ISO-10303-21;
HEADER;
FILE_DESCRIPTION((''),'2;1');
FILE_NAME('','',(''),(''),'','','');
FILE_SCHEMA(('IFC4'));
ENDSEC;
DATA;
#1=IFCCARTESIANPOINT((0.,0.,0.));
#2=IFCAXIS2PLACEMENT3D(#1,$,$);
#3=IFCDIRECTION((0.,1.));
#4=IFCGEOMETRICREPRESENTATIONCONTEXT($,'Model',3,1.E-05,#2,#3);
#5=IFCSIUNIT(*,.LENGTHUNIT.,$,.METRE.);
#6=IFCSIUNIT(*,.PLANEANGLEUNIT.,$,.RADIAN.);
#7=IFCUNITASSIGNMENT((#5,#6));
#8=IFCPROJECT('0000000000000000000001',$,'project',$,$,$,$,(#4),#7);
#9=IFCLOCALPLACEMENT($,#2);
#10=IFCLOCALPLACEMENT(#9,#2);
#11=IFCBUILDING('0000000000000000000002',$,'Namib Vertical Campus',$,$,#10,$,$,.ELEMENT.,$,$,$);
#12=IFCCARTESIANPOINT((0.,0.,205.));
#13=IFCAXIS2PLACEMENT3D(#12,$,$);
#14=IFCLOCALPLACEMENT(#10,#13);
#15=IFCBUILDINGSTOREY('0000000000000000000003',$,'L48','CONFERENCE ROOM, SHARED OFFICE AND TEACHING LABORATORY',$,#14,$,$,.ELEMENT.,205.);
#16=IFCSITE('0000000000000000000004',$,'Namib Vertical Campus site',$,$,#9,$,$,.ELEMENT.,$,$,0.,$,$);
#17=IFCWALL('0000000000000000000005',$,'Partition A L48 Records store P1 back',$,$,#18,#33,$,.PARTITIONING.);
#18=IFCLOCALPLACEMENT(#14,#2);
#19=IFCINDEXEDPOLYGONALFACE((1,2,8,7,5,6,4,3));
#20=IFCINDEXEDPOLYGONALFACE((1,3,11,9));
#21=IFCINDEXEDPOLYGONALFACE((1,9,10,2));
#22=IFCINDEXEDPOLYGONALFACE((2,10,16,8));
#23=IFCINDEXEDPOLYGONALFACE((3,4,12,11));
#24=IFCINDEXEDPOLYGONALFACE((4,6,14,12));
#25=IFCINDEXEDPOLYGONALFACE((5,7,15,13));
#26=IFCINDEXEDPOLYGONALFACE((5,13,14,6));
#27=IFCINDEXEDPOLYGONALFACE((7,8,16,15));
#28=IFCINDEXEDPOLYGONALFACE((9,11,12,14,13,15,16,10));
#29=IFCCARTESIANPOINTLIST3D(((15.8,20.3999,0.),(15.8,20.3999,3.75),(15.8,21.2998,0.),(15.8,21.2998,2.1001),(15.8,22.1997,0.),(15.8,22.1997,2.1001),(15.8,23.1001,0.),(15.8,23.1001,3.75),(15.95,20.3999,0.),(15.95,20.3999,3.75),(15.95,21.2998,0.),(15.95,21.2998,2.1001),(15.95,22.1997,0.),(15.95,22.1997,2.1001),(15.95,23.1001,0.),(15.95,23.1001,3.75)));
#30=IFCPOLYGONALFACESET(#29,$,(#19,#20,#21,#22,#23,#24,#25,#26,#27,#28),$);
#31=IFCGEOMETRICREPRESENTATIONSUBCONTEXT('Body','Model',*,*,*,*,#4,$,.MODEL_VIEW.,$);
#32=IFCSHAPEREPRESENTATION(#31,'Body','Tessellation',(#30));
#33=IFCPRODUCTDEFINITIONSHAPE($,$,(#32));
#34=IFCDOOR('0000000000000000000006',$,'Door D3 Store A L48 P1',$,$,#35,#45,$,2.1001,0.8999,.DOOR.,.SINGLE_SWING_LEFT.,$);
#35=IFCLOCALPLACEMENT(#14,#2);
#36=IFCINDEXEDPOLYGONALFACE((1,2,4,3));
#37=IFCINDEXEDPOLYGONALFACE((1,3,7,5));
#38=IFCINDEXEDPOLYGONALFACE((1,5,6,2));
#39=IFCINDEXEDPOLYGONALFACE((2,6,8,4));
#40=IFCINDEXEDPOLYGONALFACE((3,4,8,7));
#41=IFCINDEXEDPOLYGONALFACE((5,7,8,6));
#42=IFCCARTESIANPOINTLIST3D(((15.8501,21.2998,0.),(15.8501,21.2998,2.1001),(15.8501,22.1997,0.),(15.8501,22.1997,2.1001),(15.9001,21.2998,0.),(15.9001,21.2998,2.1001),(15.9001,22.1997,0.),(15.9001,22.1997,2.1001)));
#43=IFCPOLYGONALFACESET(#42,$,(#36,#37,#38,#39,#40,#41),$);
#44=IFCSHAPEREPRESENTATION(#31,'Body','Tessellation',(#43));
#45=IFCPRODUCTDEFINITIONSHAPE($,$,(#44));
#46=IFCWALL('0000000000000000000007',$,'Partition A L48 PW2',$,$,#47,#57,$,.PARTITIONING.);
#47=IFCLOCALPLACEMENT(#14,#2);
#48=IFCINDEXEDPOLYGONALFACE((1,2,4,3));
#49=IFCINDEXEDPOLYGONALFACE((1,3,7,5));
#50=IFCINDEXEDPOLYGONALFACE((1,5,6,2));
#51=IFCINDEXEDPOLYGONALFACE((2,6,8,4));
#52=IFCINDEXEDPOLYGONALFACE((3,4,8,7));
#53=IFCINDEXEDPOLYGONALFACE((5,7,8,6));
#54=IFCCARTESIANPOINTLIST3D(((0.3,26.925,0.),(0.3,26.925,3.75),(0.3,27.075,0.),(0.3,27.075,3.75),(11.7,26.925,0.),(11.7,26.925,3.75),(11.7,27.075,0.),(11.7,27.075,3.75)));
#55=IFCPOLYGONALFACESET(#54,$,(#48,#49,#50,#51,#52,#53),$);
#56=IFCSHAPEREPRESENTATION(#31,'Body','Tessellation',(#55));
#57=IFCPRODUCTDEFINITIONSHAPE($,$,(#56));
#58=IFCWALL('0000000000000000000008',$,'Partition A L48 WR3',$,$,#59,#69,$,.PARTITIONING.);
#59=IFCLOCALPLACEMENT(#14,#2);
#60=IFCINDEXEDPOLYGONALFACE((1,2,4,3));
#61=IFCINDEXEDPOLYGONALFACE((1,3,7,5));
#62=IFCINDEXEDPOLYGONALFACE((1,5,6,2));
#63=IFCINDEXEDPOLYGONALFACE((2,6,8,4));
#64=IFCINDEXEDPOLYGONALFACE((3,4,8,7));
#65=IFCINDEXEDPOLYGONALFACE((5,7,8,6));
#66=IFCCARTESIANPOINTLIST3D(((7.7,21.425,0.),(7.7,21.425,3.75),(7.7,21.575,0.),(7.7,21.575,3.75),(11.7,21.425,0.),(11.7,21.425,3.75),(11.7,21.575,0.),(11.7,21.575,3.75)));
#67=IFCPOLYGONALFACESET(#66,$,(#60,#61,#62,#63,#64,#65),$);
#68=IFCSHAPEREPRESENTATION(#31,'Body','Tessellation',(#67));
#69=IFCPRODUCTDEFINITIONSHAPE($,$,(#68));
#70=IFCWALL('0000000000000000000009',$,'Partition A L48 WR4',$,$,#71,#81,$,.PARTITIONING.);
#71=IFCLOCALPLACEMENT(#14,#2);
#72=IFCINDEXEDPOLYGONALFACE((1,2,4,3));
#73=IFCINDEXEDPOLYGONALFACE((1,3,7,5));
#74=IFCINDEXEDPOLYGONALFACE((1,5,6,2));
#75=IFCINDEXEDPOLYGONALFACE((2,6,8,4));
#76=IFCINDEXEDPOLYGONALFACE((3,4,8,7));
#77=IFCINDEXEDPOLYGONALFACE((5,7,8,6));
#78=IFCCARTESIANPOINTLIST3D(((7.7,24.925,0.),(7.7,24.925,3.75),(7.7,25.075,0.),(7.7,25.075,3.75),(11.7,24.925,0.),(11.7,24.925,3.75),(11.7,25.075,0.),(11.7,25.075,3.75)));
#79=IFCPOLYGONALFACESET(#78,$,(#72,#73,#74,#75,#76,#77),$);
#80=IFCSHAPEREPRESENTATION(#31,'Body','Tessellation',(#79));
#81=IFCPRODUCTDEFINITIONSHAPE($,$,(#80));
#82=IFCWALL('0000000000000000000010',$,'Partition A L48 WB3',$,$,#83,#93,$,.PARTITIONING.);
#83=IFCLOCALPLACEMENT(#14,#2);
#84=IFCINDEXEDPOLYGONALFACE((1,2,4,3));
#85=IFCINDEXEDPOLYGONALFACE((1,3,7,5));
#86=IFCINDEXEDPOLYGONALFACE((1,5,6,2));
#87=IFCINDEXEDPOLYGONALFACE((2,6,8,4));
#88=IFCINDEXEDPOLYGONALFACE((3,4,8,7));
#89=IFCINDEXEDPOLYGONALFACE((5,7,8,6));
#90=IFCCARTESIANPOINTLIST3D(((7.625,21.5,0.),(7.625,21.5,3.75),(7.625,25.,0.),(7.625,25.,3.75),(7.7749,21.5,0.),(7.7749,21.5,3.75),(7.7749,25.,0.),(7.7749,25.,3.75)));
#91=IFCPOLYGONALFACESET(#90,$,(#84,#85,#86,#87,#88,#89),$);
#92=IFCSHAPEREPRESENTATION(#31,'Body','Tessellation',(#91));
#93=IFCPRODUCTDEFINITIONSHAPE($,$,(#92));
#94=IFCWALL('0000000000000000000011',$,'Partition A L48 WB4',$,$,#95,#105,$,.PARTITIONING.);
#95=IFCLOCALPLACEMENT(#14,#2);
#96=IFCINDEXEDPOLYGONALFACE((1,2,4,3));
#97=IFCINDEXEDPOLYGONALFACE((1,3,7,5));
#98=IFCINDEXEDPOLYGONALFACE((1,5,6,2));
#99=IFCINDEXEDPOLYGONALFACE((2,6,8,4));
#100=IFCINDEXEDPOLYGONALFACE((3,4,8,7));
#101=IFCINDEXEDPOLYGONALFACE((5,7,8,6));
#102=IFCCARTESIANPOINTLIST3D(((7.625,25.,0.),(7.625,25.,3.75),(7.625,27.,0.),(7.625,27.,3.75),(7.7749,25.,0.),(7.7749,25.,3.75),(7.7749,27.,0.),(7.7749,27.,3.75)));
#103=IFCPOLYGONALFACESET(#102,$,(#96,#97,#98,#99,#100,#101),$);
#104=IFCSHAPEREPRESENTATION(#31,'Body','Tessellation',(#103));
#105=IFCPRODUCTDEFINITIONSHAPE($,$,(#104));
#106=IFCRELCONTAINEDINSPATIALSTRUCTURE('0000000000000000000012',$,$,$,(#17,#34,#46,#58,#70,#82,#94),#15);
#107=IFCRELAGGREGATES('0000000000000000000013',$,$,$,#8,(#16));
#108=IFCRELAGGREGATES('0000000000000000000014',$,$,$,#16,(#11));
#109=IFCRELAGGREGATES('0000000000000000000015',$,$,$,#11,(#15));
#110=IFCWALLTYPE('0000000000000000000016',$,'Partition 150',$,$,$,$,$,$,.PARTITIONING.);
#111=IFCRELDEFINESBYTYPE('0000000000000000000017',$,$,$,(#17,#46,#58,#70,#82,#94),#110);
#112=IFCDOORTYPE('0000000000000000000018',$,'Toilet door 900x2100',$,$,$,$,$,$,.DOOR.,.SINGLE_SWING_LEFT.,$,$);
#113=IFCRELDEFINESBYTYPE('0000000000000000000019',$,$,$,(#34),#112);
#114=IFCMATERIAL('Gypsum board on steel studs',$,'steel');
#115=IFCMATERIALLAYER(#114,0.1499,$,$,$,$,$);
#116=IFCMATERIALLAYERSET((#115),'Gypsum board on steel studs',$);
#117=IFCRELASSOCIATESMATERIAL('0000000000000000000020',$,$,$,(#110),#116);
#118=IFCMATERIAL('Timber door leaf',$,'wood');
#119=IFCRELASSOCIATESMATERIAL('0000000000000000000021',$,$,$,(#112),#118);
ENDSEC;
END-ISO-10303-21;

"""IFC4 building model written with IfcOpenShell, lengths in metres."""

from ifc_helpers import new_model, si_unit, direction, frame, frame_2d, origin, place, context, subcontext, project, spatial, rectangle, extrude, material, layer, layer_set, type_object, element, fill, save


model = new_model("IFC4")

# Units and contexts
model_context = context("Model", 3, precision=1e-05, world=origin(), true_north=direction((0.0, 1.0)))
body_context = subcontext(model_context, "Body", "Model", "MODEL_VIEW")
ifc_project = project(units=[si_unit("LENGTHUNIT", "METRE"), si_unit("PLANEANGLEUNIT", "RADIAN")], contexts=[model_context])

# Site, building, storey
site_placement = place(None, origin())
site = spatial("IfcSite", under=ifc_project, at=site_placement, Name="Namib Vertical Campus site", CompositionType="ELEMENT", RefElevation=0.0)
building_placement = place(site_placement, origin())
building = spatial("IfcBuilding", under=site, at=building_placement, Name="Namib Vertical Campus", CompositionType="ELEMENT")
storey_placement = place(building_placement, frame((0.0, 0.0, 205.0)))
storey = spatial("IfcBuildingStorey", under=building, at=storey_placement, Name="L48", Description="CONFERENCE ROOM, SHARED OFFICE AND TEACHING LABORATORY", CompositionType="ELEMENT", Elevation=205.0)

# Wall, opening, door
ifc_material_1 = material(Name="Gypsum board on steel studs", Category="steel")
ifc_layer_1 = layer(ifc_material_1, 0.1499)
ifc_layer_set_1 = layer_set([ifc_layer_1], Name="Gypsum board on steel studs")
wall_type_1 = type_object("IfcWallType", Name="Partition 150", PredefinedType="PARTITIONING", material=ifc_layer_set_1)
wall_1_placement = place(storey_placement, frame((15.875, 20.3999, 0.0), z_axis=(0.0, 0.0, 1.0), x_axis=(0.0, 1.0, 0.0)))
wall_1 = element("IfcWall", 1, at=wall_1_placement, inside=storey, type_object=wall_type_1, Name="Partition A L48 Records store P1 back", PredefinedType="PARTITIONING", context=body_context, shape_type="SweptSolid", body=[
    extrude(rectangle(XDim=2.7002, YDim=0.1499, at=frame_2d((1.3501, 0.0))), origin(), (0.0, 0.0, 1.0), 3.75),
])
opening_1_placement = place(wall_1_placement, frame((0.8999, 0.0, 0.0)))
opening_1 = element("IfcOpeningElement", 2, at=opening_1_placement, cuts=wall_1, PredefinedType="OPENING", context=body_context, shape_type="SweptSolid", body=[
    extrude(rectangle(XDim=0.8999, YDim=2.1001, at=frame_2d((0.45, 1.05))), frame((0.0, 0.085, 0.0), z_axis=(0.0, -1.0, 0.0), x_axis=(1.0, 0.0, 0.0)), (0.0, 0.0, 1.0), 0.1699),
])
ifc_material_2 = material(Name="Timber door leaf", Category="wood")
door_type_1 = type_object("IfcDoorType", Name="Toilet door 900x2100", OperationType="SINGLE_SWING_LEFT", PredefinedType="DOOR", material=ifc_material_2)
door_1_placement = place(opening_1_placement, origin())
door_1 = element("IfcDoor", 3, at=door_1_placement, inside=storey, type_object=door_type_1, Name="Door D3 Store A L48 P1", OperationType="SINGLE_SWING_LEFT", OverallHeight=2.1001, OverallWidth=0.8999, PredefinedType="DOOR", context=body_context, shape_type="SweptSolid", body=[
    extrude(rectangle(XDim=0.8999, YDim=2.1001, at=frame_2d((0.45, 1.05))), frame((0.0, 0.0249, 0.0), z_axis=(0.0, -1.0, 0.0), x_axis=(1.0, 0.0, 0.0)), (0.0, 0.0, 1.0), 0.05),
])
fill(opening_1, door_1)

# Walls
wall_2_placement = place(storey_placement, frame((0.3, 27.0, 0.0), z_axis=(0.0, 0.0, 1.0), x_axis=(1.0, 0.0, 0.0)))
element("IfcWall", 4, at=wall_2_placement, inside=storey, type_object=wall_type_1, Name="Partition A L48 PW2", PredefinedType="PARTITIONING", context=body_context, shape_type="SweptSolid", body=[
    extrude(rectangle(XDim=11.3999, YDim=0.1499, at=frame_2d((5.7, 0.0))), origin(), (0.0, 0.0, 1.0), 3.75),
])
for number, where, z_axis, x_axis, name in (
    (5, (11.7, 21.5, 0.0), (0.0, 0.0, 1.0), (-1.0, 0.0, 0.0), "Partition A L48 WR3"),
    (6, (11.7, 25.0, 0.0), (0.0, 0.0, 1.0), (-1.0, 0.0, 0.0), "Partition A L48 WR4"),
):
    element("IfcWall", number, at=place(storey_placement, frame(where, z_axis=z_axis, x_axis=x_axis)), inside=storey, type_object=wall_type_1, Name=name, PredefinedType="PARTITIONING", context=body_context, shape_type="SweptSolid", body=[
        extrude(rectangle(XDim=4.0, YDim=0.1499, at=frame_2d((2.0, 0.0))), origin(), (0.0, 0.0, 1.0), 3.75),
    ])
wall_3_placement = place(storey_placement, frame((7.7, 21.5, 0.0), z_axis=(0.0, 0.0, 1.0), x_axis=(0.0, 1.0, 0.0)))
element("IfcWall", 7, at=wall_3_placement, inside=storey, type_object=wall_type_1, Name="Partition A L48 WB3", PredefinedType="PARTITIONING", context=body_context, shape_type="SweptSolid", body=[
    extrude(rectangle(XDim=3.5, YDim=0.1499, at=frame_2d((1.75, 0.0))), origin(), (0.0, 0.0, 1.0), 3.75),
])
wall_4_placement = place(storey_placement, frame((7.7, 25.0, 0.0), z_axis=(0.0, 0.0, 1.0), x_axis=(0.0, 1.0, 0.0)))
element("IfcWall", 8, at=wall_4_placement, inside=storey, type_object=wall_type_1, Name="Partition A L48 WB4", PredefinedType="PARTITIONING", context=body_context, shape_type="SweptSolid", body=[
    extrude(rectangle(XDim=2.0, YDim=0.1499, at=frame_2d((1.0, 0.0))), origin(), (0.0, 0.0, 1.0), 3.75),
])

save(model, "model.ifc")
